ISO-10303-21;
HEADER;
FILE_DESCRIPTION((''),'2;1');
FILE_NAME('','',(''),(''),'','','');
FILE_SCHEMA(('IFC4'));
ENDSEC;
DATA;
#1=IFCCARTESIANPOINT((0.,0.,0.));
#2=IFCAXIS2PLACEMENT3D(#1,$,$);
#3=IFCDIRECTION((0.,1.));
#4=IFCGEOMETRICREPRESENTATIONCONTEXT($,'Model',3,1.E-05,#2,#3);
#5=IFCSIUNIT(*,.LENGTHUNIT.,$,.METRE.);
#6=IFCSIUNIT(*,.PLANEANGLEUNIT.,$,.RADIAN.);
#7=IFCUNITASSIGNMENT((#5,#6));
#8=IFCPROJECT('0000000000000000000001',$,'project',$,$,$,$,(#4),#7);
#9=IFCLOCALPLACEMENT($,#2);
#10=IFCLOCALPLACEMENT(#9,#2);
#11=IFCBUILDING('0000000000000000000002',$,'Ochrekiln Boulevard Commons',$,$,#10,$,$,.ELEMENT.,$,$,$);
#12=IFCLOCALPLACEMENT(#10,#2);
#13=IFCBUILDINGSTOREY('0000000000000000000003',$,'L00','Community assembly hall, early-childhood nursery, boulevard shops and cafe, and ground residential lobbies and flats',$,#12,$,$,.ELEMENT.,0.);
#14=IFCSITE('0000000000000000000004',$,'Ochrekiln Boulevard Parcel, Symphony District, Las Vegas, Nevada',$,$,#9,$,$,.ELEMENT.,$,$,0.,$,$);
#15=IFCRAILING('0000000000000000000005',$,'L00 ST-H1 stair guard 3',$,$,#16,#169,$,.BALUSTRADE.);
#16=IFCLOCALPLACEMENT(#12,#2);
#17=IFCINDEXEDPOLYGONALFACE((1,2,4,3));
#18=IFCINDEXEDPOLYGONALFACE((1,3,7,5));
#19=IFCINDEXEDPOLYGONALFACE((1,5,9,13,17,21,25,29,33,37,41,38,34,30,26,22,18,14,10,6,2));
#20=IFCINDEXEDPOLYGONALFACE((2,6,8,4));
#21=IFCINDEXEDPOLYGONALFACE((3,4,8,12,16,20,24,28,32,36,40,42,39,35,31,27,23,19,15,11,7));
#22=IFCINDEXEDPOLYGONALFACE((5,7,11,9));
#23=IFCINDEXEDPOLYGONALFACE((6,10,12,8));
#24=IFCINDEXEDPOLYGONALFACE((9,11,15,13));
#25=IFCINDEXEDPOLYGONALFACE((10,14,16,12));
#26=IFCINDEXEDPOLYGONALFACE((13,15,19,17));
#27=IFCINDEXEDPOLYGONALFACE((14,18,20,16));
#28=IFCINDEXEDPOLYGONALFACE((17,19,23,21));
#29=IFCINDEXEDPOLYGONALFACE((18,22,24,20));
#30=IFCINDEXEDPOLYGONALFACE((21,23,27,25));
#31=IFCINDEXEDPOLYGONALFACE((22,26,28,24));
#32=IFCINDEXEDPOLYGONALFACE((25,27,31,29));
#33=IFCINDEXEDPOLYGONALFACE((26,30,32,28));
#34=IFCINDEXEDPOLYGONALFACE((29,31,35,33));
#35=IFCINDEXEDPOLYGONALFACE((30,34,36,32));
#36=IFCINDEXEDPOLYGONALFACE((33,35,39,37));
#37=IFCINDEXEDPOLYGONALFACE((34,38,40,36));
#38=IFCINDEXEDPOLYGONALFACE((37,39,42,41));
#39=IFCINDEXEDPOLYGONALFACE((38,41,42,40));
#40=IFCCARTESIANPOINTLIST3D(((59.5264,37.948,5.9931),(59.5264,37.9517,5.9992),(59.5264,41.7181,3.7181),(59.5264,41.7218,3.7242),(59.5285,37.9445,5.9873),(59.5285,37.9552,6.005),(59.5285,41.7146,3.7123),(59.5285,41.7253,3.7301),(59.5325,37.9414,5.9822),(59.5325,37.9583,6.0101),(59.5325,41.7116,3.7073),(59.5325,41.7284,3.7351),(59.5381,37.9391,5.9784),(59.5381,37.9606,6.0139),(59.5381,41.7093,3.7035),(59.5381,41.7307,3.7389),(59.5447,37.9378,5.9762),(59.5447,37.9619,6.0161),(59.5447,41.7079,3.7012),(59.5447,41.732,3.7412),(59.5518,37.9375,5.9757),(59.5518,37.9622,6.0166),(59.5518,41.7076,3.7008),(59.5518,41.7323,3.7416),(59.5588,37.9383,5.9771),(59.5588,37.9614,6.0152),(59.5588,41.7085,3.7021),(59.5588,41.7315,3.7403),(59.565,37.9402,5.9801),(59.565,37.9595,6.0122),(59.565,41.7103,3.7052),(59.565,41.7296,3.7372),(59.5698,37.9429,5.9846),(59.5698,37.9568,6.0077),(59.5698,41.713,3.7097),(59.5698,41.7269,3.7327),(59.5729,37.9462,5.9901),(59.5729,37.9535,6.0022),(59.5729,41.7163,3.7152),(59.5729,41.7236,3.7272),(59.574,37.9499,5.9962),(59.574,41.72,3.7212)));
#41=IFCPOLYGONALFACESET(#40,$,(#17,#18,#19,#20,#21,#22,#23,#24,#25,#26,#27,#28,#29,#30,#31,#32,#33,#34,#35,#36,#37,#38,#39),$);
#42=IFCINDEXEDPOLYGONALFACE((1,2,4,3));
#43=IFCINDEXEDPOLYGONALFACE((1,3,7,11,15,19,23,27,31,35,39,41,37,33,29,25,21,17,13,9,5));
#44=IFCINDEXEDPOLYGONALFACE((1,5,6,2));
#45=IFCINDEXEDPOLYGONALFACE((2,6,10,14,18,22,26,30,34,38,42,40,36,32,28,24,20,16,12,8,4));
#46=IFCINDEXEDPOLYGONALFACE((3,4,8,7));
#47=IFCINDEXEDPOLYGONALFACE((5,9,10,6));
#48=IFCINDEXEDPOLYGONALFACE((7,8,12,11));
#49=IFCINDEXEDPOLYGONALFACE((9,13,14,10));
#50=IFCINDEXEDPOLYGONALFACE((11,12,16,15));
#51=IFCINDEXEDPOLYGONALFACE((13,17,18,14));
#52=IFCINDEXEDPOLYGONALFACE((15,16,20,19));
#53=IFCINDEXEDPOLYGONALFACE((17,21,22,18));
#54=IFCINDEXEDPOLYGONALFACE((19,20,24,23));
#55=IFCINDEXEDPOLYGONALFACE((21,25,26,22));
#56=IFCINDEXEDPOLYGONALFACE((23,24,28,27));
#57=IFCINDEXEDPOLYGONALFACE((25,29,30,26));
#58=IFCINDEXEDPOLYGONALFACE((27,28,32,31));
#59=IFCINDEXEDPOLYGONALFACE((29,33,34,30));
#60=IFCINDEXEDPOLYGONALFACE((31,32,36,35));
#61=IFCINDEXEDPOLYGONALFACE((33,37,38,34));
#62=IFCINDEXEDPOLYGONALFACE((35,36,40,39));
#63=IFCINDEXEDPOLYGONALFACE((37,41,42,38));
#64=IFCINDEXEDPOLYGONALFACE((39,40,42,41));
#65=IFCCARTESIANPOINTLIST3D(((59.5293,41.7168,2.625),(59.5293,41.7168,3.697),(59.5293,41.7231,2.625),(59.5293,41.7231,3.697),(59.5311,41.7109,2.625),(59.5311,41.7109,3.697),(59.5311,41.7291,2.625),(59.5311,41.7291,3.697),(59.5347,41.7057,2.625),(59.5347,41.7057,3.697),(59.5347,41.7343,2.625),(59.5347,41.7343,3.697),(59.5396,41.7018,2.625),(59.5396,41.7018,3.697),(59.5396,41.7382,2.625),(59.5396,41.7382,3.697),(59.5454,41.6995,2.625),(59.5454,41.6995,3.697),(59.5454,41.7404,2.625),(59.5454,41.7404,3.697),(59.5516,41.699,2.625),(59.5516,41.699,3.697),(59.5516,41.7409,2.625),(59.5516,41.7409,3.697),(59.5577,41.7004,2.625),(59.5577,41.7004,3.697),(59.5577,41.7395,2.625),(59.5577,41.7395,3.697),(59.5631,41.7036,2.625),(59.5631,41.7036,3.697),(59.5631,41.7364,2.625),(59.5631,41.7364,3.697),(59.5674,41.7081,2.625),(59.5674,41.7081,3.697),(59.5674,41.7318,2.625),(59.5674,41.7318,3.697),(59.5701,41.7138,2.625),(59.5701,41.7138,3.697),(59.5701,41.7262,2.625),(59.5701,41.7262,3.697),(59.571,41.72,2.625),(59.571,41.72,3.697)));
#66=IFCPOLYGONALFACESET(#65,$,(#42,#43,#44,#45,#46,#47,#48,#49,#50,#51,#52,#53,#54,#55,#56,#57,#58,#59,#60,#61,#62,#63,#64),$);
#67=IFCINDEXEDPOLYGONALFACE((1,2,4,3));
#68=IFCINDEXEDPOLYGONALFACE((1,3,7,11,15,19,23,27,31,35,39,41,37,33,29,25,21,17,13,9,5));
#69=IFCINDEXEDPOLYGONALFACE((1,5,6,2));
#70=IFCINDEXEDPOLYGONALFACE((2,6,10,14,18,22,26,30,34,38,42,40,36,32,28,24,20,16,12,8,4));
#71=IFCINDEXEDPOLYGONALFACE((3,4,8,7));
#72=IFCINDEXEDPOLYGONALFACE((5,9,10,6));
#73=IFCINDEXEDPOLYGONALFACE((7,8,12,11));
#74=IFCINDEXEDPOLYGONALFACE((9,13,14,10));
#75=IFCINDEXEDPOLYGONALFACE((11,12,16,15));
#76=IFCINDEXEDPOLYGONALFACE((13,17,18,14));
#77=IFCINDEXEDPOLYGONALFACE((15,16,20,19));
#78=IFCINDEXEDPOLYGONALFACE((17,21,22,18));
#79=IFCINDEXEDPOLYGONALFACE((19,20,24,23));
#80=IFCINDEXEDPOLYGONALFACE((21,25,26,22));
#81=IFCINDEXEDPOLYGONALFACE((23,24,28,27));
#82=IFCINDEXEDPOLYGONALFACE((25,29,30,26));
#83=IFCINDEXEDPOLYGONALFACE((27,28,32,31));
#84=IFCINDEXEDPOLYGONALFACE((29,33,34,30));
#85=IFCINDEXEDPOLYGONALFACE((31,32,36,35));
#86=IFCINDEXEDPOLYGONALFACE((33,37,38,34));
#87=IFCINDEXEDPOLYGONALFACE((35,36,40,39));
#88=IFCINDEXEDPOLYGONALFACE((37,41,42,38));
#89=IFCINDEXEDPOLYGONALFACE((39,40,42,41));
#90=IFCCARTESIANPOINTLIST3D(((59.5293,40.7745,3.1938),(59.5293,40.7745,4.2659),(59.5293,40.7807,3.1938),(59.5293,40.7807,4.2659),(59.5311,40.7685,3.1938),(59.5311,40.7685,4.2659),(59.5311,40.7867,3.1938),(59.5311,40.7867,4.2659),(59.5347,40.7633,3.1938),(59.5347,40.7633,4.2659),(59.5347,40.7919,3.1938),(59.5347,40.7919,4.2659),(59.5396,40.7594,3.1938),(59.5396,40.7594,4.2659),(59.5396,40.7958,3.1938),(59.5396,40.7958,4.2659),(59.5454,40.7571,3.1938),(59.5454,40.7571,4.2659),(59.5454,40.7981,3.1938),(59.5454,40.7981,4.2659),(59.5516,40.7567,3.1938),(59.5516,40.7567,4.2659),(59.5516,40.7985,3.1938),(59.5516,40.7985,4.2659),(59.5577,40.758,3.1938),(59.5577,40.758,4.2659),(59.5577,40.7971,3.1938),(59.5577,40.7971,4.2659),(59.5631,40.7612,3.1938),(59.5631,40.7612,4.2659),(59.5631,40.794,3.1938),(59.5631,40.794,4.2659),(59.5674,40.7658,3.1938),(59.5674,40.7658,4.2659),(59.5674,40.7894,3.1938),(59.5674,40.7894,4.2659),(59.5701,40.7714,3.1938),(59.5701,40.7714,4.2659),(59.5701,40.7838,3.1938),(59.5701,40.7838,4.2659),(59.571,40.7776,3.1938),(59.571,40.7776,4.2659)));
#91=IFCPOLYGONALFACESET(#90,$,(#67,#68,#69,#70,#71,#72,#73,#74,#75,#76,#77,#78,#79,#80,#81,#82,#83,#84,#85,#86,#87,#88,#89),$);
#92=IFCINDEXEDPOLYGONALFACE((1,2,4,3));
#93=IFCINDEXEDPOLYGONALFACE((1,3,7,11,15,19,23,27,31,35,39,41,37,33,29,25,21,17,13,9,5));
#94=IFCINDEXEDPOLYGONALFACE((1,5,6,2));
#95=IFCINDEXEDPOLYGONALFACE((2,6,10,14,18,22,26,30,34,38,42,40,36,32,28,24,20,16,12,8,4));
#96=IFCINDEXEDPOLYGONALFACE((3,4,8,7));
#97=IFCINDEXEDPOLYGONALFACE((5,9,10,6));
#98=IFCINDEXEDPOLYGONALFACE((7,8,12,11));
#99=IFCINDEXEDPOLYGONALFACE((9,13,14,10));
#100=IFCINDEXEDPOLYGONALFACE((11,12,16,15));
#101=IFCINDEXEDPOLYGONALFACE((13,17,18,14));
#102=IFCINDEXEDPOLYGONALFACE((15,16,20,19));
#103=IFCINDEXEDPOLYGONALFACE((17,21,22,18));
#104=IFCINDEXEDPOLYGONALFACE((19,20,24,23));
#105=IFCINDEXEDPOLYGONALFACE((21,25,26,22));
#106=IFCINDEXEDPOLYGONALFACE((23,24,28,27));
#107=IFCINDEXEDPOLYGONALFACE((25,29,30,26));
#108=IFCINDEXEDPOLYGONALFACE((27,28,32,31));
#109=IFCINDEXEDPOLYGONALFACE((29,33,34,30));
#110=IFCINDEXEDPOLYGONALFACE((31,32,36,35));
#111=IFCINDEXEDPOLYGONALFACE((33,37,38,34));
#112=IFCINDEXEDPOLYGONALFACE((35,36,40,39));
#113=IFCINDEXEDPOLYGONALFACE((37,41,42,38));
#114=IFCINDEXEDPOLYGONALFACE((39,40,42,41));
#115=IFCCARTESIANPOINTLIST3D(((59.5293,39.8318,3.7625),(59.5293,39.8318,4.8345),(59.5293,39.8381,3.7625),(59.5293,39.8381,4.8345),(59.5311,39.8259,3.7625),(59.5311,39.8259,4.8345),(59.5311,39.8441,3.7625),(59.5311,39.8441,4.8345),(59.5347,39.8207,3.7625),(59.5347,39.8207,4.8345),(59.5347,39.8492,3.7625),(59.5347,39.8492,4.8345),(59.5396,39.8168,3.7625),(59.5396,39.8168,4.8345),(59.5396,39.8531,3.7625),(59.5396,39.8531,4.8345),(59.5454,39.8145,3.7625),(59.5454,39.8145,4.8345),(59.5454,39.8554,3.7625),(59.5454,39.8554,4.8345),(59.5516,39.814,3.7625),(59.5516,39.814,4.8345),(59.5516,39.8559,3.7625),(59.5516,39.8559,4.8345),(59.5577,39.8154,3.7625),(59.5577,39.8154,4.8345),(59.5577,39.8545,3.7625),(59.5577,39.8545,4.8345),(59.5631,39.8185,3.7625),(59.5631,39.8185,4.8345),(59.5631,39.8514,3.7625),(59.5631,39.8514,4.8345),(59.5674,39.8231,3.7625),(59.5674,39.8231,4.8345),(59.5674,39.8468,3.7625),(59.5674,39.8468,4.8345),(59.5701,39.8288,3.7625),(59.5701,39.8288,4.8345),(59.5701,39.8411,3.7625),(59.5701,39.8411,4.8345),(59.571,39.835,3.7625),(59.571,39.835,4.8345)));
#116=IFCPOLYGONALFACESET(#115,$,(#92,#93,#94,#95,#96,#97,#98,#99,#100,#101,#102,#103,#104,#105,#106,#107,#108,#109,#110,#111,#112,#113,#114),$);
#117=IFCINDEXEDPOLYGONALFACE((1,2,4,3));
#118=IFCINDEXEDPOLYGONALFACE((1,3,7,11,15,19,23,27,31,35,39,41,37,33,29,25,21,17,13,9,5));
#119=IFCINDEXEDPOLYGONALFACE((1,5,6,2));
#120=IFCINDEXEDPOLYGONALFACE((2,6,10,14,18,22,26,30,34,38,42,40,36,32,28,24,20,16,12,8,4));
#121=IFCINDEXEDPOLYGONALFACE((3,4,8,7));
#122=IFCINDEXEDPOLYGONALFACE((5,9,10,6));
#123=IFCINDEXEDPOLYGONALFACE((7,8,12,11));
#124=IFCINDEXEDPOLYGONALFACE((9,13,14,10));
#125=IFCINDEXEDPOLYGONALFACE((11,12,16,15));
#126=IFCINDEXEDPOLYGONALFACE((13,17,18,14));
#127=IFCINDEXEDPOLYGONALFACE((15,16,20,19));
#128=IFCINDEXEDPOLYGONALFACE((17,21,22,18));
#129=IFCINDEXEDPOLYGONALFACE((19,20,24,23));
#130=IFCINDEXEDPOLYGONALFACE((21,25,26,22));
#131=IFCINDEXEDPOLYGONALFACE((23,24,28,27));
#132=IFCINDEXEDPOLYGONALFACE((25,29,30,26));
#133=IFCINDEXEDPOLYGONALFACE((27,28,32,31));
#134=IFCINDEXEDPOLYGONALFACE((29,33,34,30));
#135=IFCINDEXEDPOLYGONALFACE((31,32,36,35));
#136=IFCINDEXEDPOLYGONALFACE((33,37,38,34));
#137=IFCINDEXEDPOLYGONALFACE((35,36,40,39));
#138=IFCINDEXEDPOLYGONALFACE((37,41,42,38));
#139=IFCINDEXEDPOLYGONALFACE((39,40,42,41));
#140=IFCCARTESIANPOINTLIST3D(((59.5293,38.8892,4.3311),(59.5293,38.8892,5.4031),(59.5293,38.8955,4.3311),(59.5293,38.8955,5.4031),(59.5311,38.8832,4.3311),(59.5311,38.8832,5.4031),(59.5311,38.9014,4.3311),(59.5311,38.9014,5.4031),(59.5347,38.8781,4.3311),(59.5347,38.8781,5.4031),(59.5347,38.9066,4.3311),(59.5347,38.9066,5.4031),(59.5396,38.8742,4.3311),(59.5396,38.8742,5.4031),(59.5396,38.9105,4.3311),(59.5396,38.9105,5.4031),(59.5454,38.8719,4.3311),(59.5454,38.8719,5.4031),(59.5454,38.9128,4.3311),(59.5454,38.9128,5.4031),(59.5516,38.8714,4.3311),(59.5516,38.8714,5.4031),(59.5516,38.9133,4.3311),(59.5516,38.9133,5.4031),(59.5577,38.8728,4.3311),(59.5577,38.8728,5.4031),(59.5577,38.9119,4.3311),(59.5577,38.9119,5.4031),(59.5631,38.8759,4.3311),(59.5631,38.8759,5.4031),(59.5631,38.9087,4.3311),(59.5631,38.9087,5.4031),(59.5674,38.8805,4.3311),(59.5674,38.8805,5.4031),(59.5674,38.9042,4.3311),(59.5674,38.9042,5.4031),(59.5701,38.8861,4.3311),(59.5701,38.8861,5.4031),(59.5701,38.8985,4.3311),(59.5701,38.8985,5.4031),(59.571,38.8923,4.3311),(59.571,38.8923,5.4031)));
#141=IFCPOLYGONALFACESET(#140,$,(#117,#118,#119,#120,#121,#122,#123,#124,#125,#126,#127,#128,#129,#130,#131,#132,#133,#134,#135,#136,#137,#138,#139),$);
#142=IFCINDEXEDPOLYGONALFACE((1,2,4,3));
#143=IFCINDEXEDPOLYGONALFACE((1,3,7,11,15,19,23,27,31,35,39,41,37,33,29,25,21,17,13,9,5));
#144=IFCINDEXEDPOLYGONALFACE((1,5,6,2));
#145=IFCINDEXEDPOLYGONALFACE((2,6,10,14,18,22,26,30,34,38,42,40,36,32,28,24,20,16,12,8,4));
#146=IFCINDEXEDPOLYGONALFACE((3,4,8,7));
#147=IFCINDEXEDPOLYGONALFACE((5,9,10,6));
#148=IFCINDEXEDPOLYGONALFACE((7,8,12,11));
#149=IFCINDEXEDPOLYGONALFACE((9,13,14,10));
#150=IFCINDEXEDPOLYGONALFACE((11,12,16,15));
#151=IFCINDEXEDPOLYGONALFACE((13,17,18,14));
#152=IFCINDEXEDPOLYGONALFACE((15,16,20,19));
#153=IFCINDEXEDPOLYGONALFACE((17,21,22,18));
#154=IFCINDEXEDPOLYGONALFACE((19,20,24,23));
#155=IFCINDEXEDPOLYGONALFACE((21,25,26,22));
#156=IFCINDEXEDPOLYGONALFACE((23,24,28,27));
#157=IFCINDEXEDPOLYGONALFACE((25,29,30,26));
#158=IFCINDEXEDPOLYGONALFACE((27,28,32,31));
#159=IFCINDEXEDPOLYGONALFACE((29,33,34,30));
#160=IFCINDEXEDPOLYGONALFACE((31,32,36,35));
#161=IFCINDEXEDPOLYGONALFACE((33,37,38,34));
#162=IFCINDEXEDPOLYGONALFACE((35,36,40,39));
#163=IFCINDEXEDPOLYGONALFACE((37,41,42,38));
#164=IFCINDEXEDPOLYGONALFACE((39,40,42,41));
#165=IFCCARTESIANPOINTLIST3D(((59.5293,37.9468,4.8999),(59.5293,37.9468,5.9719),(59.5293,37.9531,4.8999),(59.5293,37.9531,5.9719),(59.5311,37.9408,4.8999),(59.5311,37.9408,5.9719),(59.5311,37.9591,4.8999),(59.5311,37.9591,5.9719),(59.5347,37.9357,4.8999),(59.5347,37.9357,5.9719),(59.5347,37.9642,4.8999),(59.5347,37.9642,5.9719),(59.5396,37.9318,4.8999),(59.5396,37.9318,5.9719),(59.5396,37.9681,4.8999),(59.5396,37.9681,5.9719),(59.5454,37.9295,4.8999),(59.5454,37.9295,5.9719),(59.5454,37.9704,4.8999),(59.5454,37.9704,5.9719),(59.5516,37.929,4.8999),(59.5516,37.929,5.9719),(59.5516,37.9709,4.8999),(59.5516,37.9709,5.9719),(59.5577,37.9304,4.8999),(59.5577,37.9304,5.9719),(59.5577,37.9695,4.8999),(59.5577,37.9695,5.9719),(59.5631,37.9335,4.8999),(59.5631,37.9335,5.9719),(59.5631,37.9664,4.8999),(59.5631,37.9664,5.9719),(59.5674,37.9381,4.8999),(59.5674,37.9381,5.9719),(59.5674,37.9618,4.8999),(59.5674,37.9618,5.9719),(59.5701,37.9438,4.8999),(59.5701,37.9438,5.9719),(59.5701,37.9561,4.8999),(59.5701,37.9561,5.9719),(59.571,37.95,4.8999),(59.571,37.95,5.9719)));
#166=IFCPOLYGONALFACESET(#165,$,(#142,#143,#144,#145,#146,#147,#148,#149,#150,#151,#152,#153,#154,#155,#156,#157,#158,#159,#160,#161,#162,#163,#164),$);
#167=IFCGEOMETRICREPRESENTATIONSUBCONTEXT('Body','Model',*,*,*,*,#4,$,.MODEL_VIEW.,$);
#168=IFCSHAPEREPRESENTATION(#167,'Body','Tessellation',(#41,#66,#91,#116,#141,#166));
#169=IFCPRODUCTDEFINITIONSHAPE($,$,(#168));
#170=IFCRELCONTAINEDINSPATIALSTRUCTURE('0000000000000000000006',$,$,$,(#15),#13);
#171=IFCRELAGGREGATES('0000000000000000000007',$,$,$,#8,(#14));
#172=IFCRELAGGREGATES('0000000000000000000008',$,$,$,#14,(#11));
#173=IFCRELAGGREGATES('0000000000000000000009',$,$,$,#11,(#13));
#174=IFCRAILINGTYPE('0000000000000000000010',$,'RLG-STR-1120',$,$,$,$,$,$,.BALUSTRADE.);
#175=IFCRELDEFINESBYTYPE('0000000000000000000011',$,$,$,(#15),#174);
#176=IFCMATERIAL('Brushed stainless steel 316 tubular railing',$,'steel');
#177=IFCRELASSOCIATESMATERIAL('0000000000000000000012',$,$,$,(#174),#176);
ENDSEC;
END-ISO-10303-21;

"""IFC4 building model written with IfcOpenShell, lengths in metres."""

from ifc_helpers import new_model, si_unit, direction, frame, origin, origin_2d, place, context, subcontext, project, spatial, circle, extrude, material, type_object, element, save


model = new_model("IFC4")

# Units and contexts
model_context = context("Model", 3, precision=1e-05, world=origin(), true_north=direction((0.0, 1.0)))
body_context = subcontext(model_context, "Body", "Model", "MODEL_VIEW")
ifc_project = project(units=[si_unit("LENGTHUNIT", "METRE"), si_unit("PLANEANGLEUNIT", "RADIAN")], contexts=[model_context])

# Site, building, storey
site_placement = place(None, origin())
site = spatial("IfcSite", under=ifc_project, at=site_placement, Name="Ochrekiln Boulevard Parcel, Symphony District, Las Vegas, Nevada", CompositionType="ELEMENT", RefElevation=0.0)
building_placement = place(site_placement, origin())
building = spatial("IfcBuilding", under=site, at=building_placement, Name="Ochrekiln Boulevard Commons", CompositionType="ELEMENT")
storey_placement = place(building_placement, origin())
storey = spatial("IfcBuildingStorey", under=building, at=storey_placement, Name="L00", Description="Community assembly hall, early-childhood nursery, boulevard shops and cafe, and ground residential lobbies and flats", CompositionType="ELEMENT", Elevation=0.0)

# Railing
ifc_material_1 = material(Name="Brushed stainless steel 316 tubular railing", Category="steel")
railing_type_1 = type_object("IfcRailingType", Name="RLG-STR-1120", PredefinedType="BALUSTRADE", material=ifc_material_1)
railing_1_placement = place(storey_placement, frame((59.55, 41.72, 2.625)))
element("IfcRailing", 1, at=railing_1_placement, inside=storey, type_object=railing_type_1, Name="L00 ST-H1 stair guard 3", PredefinedType="BALUSTRADE", context=body_context, shape_type="SweptSolid", body=[
    extrude(circle(Radius=0.0239, at=origin_2d()), frame((0.0, 0.0, 1.0962), z_axis=(0.0, -0.856199, 0.516647), x_axis=(1.0, 0.0, 0.0)), (0.0, 0.0, 1.0), 4.4033),
    extrude(circle(Radius=0.021, at=origin_2d()), origin(), (0.0, 0.0, 1.0), 1.072),
    extrude(circle(Radius=0.021, at=origin_2d()), frame((0.0, -0.9424, 0.5688)), (0.0, 0.0, 1.0), 1.072),
    extrude(circle(Radius=0.021, at=origin_2d()), frame((0.0, -1.885, 1.1375)), (0.0, 0.0, 1.0), 1.072),
    extrude(circle(Radius=0.021, at=origin_2d()), frame((0.0, -2.8276, 1.7061)), (0.0, 0.0, 1.0), 1.072),
    extrude(circle(Radius=0.021, at=origin_2d()), frame((0.0, -3.77, 2.2749)), (0.0, 0.0, 1.0), 1.072),
])

save(model, "model.ifc")
